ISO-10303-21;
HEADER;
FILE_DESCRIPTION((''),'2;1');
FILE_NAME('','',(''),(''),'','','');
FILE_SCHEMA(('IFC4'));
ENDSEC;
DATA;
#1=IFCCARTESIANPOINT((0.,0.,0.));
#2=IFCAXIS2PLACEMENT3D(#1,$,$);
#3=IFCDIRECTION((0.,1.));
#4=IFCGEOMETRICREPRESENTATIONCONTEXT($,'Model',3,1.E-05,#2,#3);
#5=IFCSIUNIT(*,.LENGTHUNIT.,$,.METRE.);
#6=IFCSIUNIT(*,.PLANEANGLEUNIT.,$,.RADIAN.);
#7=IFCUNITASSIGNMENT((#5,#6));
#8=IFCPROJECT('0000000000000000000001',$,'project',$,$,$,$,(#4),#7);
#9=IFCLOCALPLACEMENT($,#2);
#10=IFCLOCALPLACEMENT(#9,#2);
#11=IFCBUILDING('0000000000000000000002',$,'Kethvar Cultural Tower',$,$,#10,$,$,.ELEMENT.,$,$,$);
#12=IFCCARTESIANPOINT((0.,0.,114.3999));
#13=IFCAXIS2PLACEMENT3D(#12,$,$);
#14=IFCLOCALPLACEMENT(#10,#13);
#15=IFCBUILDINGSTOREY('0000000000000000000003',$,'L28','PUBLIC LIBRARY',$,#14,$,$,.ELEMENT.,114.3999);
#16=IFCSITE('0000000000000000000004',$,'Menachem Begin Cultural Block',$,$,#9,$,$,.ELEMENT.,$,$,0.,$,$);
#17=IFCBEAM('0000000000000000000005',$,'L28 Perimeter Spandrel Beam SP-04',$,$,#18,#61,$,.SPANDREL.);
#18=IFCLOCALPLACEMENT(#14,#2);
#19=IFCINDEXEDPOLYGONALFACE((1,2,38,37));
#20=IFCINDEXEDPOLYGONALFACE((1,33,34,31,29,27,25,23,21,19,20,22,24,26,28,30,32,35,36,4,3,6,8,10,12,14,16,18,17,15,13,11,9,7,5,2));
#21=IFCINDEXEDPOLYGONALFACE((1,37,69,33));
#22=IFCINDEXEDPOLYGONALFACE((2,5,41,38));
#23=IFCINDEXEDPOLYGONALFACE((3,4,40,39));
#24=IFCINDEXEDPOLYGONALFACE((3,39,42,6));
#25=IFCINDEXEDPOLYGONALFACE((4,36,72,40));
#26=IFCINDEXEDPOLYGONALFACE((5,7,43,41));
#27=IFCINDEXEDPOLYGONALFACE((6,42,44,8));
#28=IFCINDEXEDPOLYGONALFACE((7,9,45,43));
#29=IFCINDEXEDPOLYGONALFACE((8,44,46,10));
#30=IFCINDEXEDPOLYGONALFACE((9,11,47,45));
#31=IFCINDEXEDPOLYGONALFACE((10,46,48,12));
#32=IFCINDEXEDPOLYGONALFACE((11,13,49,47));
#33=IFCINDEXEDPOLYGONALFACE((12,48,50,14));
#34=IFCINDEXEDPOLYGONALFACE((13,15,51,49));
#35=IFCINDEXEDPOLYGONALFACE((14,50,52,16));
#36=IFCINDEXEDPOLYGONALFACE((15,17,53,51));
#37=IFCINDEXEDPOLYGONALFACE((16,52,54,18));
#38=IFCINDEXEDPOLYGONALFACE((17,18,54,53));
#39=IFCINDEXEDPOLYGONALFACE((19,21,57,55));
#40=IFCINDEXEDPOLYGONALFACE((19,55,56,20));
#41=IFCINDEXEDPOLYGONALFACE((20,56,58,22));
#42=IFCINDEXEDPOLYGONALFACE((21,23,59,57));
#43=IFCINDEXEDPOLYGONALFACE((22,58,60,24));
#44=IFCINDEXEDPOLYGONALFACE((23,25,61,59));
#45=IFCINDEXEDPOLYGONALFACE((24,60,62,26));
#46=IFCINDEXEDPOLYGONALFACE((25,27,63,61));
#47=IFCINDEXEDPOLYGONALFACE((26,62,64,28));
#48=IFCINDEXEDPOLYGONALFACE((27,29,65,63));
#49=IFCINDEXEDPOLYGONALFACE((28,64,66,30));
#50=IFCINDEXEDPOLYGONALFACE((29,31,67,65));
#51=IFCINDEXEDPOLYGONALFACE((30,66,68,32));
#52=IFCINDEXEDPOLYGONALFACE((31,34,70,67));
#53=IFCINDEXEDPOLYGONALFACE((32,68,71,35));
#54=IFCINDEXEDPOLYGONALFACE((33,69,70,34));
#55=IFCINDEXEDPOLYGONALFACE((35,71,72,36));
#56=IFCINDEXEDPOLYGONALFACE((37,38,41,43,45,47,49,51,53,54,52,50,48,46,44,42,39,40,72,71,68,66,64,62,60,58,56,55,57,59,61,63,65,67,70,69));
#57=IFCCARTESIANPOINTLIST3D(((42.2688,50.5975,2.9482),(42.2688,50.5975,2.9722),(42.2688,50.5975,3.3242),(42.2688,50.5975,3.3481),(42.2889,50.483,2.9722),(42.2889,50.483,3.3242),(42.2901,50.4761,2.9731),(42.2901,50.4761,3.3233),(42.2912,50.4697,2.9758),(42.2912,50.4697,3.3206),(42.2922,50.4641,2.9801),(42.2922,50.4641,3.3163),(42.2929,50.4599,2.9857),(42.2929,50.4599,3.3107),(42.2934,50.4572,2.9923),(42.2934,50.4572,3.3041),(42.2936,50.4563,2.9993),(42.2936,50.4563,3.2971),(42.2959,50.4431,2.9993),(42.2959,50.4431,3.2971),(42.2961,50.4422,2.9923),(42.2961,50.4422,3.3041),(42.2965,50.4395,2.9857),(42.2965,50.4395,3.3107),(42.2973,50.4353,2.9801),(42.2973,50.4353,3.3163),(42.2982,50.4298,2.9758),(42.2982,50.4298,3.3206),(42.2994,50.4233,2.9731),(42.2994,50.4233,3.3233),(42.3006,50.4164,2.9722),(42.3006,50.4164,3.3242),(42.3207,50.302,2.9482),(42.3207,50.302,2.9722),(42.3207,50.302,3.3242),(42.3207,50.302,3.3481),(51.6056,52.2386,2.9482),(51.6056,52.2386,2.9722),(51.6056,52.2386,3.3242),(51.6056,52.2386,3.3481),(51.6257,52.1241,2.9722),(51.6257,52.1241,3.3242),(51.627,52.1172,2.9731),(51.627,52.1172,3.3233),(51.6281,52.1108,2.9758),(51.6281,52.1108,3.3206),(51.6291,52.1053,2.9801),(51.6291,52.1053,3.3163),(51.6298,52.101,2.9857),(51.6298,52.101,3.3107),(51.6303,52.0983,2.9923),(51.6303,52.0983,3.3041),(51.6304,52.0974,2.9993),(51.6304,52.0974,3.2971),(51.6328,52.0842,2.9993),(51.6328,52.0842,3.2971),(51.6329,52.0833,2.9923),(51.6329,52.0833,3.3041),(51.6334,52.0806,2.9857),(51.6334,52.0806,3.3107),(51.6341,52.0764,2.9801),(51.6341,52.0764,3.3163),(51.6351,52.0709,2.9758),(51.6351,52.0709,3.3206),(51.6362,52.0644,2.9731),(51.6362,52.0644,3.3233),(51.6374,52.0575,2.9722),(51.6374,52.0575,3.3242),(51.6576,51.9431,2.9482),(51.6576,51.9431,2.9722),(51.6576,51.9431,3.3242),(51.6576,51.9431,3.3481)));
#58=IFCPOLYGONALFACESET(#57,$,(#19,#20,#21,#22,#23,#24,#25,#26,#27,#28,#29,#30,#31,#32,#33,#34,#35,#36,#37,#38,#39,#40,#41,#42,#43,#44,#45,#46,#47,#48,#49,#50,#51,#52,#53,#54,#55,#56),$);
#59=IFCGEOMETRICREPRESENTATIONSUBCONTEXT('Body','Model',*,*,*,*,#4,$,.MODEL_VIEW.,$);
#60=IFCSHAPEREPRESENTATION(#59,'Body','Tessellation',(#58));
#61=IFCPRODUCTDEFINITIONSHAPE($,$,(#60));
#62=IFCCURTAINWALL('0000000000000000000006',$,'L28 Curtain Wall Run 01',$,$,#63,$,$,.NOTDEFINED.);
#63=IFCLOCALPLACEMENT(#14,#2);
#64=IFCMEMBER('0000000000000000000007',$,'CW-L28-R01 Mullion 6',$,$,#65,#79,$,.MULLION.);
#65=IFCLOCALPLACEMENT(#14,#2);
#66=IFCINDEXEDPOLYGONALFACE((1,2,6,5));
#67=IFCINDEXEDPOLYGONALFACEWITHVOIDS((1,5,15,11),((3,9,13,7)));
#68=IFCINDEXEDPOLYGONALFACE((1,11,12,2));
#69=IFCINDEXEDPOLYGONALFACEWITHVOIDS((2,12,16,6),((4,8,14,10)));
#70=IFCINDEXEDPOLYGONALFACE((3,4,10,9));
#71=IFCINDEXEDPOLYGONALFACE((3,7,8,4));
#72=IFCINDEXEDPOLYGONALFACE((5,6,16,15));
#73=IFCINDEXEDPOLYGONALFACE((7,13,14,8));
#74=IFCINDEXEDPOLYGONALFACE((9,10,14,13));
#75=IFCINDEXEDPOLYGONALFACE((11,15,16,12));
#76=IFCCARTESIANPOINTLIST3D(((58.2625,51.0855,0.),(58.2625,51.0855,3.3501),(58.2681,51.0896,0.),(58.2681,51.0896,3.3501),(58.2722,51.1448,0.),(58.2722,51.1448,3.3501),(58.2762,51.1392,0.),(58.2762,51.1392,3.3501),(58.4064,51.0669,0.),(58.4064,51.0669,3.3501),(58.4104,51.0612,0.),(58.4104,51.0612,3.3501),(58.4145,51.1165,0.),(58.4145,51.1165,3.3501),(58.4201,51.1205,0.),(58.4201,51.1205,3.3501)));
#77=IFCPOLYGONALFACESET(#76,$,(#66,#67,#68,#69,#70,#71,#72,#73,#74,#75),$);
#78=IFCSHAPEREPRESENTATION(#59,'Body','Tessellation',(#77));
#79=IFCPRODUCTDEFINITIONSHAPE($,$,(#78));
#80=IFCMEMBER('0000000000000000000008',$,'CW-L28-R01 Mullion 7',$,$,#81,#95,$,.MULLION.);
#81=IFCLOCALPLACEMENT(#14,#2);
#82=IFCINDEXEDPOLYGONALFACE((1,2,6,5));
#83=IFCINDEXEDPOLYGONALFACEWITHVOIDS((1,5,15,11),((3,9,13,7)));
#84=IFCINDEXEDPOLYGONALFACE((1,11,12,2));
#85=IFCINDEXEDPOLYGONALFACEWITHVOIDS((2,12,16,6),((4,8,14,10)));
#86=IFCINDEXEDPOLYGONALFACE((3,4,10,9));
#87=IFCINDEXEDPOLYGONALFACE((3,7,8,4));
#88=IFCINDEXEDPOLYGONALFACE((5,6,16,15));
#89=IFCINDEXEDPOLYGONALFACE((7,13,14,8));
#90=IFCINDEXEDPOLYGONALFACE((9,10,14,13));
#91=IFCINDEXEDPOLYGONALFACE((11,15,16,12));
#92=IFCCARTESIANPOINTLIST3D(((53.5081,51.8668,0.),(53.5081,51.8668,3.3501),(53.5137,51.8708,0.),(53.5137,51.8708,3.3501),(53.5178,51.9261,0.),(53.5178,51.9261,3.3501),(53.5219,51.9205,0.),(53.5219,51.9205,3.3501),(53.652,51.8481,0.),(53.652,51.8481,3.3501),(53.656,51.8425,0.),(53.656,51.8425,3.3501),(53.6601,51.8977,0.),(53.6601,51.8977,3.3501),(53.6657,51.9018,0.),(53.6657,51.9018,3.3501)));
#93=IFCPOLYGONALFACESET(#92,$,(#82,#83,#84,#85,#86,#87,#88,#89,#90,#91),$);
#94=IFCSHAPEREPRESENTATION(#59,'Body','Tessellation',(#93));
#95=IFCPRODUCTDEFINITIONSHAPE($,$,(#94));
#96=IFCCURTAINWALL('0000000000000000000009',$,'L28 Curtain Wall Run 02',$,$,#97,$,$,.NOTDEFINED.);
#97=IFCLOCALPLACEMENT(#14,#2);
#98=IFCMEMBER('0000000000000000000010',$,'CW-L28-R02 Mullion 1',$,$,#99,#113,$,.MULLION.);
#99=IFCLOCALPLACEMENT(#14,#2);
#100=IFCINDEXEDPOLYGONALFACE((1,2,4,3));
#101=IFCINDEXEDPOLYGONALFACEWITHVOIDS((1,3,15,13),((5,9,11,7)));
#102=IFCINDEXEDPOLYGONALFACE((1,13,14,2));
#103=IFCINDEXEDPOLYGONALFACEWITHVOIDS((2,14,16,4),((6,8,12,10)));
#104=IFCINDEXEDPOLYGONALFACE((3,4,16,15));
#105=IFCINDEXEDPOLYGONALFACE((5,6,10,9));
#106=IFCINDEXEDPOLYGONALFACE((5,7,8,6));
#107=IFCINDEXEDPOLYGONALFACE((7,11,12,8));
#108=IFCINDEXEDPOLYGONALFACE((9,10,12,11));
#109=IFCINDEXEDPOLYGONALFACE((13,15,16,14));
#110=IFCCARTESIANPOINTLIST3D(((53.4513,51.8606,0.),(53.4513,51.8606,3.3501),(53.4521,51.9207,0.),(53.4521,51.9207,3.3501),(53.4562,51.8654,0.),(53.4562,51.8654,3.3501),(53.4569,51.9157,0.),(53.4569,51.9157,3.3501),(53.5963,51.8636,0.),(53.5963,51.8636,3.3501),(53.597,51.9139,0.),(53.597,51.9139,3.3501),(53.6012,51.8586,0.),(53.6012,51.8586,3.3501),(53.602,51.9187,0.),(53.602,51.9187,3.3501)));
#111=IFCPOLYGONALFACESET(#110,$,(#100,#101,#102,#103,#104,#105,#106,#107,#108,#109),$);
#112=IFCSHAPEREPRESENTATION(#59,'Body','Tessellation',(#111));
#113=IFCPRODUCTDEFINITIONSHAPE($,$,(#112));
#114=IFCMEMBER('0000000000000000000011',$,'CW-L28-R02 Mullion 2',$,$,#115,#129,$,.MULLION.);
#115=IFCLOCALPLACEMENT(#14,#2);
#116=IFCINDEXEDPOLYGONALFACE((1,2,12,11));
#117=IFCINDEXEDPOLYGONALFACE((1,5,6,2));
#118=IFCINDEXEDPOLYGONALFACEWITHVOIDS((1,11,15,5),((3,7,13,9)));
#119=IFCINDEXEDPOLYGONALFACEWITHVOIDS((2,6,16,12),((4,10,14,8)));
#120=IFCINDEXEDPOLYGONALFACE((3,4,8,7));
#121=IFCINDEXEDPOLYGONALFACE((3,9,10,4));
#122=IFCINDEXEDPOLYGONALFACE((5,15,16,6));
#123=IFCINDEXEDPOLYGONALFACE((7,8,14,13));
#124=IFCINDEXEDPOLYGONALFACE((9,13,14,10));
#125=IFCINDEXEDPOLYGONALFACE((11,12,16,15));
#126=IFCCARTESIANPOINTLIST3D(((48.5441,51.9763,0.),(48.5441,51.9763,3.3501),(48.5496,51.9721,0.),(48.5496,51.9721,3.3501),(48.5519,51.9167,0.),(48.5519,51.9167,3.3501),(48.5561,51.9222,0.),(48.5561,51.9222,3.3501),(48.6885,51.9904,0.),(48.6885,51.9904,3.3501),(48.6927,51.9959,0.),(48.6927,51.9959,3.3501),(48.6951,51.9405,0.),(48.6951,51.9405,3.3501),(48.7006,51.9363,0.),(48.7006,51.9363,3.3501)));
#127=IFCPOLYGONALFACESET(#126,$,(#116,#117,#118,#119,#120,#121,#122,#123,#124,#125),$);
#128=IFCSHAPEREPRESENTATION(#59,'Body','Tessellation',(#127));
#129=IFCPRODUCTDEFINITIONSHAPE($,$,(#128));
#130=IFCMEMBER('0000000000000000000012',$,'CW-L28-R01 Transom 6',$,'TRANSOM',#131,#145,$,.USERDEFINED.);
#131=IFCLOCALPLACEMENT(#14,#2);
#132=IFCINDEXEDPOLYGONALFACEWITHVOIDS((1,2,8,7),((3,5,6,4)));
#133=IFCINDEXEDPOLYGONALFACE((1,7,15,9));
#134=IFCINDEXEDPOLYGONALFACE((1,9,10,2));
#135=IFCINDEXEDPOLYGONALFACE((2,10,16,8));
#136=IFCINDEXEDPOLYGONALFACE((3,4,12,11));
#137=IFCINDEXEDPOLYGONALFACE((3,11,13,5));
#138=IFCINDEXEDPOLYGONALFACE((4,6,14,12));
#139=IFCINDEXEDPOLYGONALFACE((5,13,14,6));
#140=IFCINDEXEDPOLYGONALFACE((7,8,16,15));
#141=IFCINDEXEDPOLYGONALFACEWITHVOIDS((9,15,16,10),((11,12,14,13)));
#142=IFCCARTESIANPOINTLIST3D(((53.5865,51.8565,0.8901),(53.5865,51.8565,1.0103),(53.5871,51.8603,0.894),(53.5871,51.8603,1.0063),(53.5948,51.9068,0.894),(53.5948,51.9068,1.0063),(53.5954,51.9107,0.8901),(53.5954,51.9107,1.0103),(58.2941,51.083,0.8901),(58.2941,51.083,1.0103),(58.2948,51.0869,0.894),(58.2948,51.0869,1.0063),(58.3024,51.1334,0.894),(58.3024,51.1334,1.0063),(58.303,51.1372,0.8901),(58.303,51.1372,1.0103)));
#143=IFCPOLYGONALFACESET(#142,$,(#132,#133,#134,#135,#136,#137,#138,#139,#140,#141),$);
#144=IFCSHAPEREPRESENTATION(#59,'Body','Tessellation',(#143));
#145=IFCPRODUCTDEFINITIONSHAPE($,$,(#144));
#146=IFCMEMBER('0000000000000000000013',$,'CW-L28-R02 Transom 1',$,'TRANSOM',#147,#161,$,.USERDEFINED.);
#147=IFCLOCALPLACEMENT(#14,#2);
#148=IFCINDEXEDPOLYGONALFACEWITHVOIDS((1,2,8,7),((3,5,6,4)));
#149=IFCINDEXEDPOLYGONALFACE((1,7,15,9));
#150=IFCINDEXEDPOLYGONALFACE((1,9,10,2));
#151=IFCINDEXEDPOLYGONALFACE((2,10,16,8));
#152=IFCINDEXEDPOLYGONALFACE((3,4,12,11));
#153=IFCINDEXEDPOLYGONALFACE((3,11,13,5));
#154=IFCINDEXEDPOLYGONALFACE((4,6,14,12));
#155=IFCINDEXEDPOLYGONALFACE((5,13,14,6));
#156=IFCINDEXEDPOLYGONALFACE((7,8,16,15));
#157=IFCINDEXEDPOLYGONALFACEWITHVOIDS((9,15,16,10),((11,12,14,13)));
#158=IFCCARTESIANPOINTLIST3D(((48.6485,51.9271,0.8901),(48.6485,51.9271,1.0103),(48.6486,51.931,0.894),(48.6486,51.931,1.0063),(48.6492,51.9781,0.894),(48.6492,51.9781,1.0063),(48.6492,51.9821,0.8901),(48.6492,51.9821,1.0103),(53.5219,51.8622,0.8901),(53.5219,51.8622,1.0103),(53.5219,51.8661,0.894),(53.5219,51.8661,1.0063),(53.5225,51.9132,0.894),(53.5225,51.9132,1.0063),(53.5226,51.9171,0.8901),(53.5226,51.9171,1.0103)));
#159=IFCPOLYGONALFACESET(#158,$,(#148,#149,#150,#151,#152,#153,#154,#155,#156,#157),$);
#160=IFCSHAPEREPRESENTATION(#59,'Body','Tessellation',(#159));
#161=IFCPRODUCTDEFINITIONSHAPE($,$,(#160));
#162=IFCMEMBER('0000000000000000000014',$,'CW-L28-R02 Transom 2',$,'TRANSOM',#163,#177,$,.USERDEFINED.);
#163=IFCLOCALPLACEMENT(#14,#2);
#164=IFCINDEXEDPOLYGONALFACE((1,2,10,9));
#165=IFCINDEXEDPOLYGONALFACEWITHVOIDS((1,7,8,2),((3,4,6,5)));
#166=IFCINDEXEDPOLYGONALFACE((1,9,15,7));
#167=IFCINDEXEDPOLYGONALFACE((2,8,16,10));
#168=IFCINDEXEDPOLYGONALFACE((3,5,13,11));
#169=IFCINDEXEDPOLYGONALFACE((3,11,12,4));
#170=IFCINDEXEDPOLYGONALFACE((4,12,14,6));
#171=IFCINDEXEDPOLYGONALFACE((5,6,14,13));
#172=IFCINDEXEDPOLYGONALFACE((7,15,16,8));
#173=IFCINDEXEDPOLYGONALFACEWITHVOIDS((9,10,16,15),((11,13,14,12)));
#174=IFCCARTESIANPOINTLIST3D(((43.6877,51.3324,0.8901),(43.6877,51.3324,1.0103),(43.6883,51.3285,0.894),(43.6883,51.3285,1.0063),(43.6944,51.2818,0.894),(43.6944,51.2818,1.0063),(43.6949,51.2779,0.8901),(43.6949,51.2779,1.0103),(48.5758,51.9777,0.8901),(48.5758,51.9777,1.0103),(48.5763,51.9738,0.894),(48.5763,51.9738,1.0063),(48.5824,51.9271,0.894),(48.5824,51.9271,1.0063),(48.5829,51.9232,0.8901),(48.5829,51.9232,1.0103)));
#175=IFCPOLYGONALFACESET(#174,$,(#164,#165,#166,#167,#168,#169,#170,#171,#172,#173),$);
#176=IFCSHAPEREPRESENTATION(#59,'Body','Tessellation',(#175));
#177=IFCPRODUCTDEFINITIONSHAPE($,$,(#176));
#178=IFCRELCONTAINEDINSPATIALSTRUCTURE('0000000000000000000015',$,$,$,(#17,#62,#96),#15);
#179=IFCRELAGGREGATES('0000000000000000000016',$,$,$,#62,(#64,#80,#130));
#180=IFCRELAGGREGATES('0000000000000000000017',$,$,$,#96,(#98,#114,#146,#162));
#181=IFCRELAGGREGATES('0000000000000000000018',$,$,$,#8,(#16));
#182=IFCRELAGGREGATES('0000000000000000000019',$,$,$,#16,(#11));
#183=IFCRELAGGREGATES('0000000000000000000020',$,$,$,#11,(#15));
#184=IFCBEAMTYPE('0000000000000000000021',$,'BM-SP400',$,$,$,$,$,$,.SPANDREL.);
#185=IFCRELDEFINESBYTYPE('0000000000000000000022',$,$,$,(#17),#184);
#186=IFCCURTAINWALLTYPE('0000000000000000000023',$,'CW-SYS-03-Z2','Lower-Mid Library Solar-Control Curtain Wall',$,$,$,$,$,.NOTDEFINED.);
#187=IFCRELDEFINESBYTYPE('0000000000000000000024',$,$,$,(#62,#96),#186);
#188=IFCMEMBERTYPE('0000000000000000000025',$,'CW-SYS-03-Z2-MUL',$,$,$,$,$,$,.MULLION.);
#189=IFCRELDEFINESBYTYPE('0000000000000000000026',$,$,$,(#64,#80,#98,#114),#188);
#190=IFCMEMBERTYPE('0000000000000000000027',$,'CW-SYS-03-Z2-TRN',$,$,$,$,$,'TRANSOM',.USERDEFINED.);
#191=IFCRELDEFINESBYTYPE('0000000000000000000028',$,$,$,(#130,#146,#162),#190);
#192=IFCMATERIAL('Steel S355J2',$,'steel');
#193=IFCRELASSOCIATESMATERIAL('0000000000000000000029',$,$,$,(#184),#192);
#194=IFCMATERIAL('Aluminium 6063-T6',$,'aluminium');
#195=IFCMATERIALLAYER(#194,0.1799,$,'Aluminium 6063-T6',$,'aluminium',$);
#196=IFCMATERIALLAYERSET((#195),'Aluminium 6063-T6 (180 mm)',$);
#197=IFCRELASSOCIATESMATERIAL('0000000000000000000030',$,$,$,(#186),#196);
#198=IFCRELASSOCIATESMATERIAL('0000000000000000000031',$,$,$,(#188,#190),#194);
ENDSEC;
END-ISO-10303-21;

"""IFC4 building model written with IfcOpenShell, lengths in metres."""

from ifc_helpers import new_model, si_unit, direction, frame, origin, origin_2d, place, context, subcontext, project, spatial, hollow_rectangle, i_section, extrude, source, transform, mapped, material, layer, layer_set, material_profile, profile_set, type_object, element, aggregate, save


model = new_model("IFC4")

# Units and contexts
model_context = context("Model", 3, precision=1e-05, world=origin(), true_north=direction((0.0, 1.0)))
body_context = subcontext(model_context, "Body", "Model", "MODEL_VIEW")
ifc_project = project(units=[si_unit("LENGTHUNIT", "METRE"), si_unit("PLANEANGLEUNIT", "RADIAN")], contexts=[model_context])

# Site, building, storey
site_placement = place(None, origin())
site = spatial("IfcSite", under=ifc_project, at=site_placement, Name="Menachem Begin Cultural Block", CompositionType="ELEMENT", RefElevation=0.0)
building_placement = place(site_placement, origin())
building = spatial("IfcBuilding", under=site, at=building_placement, Name="Kethvar Cultural Tower", CompositionType="ELEMENT")
storey_placement = place(building_placement, frame((0.0, 0.0, 114.3999)))
storey = spatial("IfcBuildingStorey", under=building, at=storey_placement, Name="L28", Description="PUBLIC LIBRARY", CompositionType="ELEMENT", Elevation=114.3999)

# Beam
ifc_material_1 = material(Name="Steel S355J2", Category="steel")
ifc_material_profile_1 = material_profile(ifc_material_1, i_section(OverallWidth=0.3, OverallDepth=0.3999, WebThickness=0.0134, FlangeThickness=0.0239, FilletRadius=0.0271, at=origin_2d()), Name="Steel S355J2 — HEB400")
ifc_profile_set_1 = profile_set([ifc_material_profile_1], Name="Steel S355J2 — HEB400")
beam_type_1 = type_object("IfcBeamType", Name="BM-SP400", PredefinedType="SPANDREL", material=ifc_profile_set_1)
shared_shape_1 = source(origin(), body_context, "Body", "SweptSolid", [
    extrude(i_section(OverallWidth=0.3, OverallDepth=0.3999, WebThickness=0.0134, FlangeThickness=0.0239, FilletRadius=0.0271, at=origin_2d()), origin(), (0.0, 0.0, 1.0), 9.48),
])
beam_1_placement = place(storey_placement, frame((51.6316, 52.0908, 3.1482), z_axis=(-0.984902, -0.173112, 0.0), x_axis=(0.173112, -0.984902, 0.0)))
element("IfcBeam", 1, at=beam_1_placement, inside=storey, type_object=beam_type_1, Name="L28 Perimeter Spandrel Beam SP-04", PredefinedType="SPANDREL", context=body_context, shape_type="MappedRepresentation", body=[
    mapped(shared_shape_1, transform((0.0, 0.0, 0.0), scale=1.0)),
])

# Curtain walls, members
ifc_material_2 = material(Name="Aluminium 6063-T6", Category="aluminium")
ifc_layer_1 = layer(ifc_material_2, 0.1799, Name="Aluminium 6063-T6", Category="aluminium")
ifc_layer_set_1 = layer_set([ifc_layer_1], Name="Aluminium 6063-T6 (180 mm)")
curtain_wall_type = type_object("IfcCurtainWallType", Name="CW-SYS-03-Z2", Description="Lower-Mid Library Solar-Control Curtain Wall", PredefinedType="NOTDEFINED", material=ifc_layer_set_1)
curtain_wall_1_placement = place(storey_placement, origin())
curtain_wall_1 = element("IfcCurtainWall", 2, at=curtain_wall_1_placement, inside=storey, type_object=curtain_wall_type, Name="L28 Curtain Wall Run 01", PredefinedType="NOTDEFINED")
ifc_material_profile_2 = material_profile(ifc_material_2, hollow_rectangle(XDim=0.0601, YDim=0.1499, WallThickness=0.0049, at=origin_2d()), Name="Aluminium 6063-T6 — RHS150x60x5")
ifc_profile_set_2 = profile_set([ifc_material_profile_2], Name="Aluminium 6063-T6 — RHS150x60x5")
member_type_1 = type_object("IfcMemberType", Name="CW-SYS-03-Z2-MUL", PredefinedType="MULLION", material=ifc_profile_set_2)
shared_shape_2 = source(origin(), body_context, "Body", "SweptSolid", [
    extrude(hollow_rectangle(XDim=0.0601, YDim=0.1499, WallThickness=0.0049, at=origin_2d()), origin(), (0.0, 0.0, 1.0), 3.3501),
])
member_1_placement = place(storey_placement, frame((58.3413, 51.103, 0.0), z_axis=(0.0, 0.0, 1.0), x_axis=(-0.162138, -0.986768, 0.0)))
member_1 = element("IfcMember", 3, at=member_1_placement, type_object=member_type_1, Name="CW-L28-R01 Mullion 6", PredefinedType="MULLION", context=body_context, shape_type="MappedRepresentation", body=[
    mapped(shared_shape_2, transform((0.0, 0.0, 0.0), scale=1.0)),
])
member_2_placement = place(storey_placement, frame((53.5869, 51.8843, 0.0), z_axis=(0.0, 0.0, 1.0), x_axis=(-0.162138, -0.986768, 0.0)))
member_2 = element("IfcMember", 4, at=member_2_placement, type_object=member_type_1, Name="CW-L28-R01 Mullion 7", PredefinedType="MULLION", context=body_context, shape_type="MappedRepresentation", body=[
    mapped(shared_shape_2, transform((0.0, 0.0, 0.0), scale=1.0)),
])
curtain_wall_2_placement = place(storey_placement, origin())
curtain_wall_2 = element("IfcCurtainWall", 5, at=curtain_wall_2_placement, inside=storey, type_object=curtain_wall_type, Name="L28 Curtain Wall Run 02", PredefinedType="NOTDEFINED")
member_3_placement = place(storey_placement, frame((53.5266, 51.8896, 0.0), z_axis=(0.0, 0.0, 1.0), x_axis=(-0.013334, -0.999911, 0.0)))
member_3 = element("IfcMember", 6, at=member_3_placement, type_object=member_type_1, Name="CW-L28-R02 Mullion 1", PredefinedType="MULLION", context=body_context, shape_type="MappedRepresentation", body=[
    mapped(shared_shape_2, transform((0.0, 0.0, 0.0), scale=1.0)),
])
member_4_placement = place(storey_placement, frame((48.6223, 51.9563, 0.0), z_axis=(0.0, 0.0, 1.0), x_axis=(0.130907, -0.991395, 0.0)))
member_4 = element("IfcMember", 7, at=member_4_placement, type_object=member_type_1, Name="CW-L28-R02 Mullion 2", PredefinedType="MULLION", context=body_context, shape_type="MappedRepresentation", body=[
    mapped(shared_shape_2, transform((0.0, 0.0, 0.0), scale=1.0)),
])

# Members
ifc_material_profile_3 = material_profile(ifc_material_2, hollow_rectangle(XDim=0.0549, YDim=0.1201, WallThickness=0.0039, at=origin_2d()), Name="Aluminium 6063-T6 — RHS120x55x4")
ifc_profile_set_3 = profile_set([ifc_material_profile_3], Name="Aluminium 6063-T6 — RHS120x55x4")
member_type_2 = type_object("IfcMemberType", Name="CW-SYS-03-Z2-TRN", ElementType="TRANSOM", PredefinedType="USERDEFINED", material=ifc_profile_set_3)
shared_shape_3 = source(origin(), body_context, "Body", "SweptSolid", [
    extrude(hollow_rectangle(XDim=0.0549, YDim=0.1201, WallThickness=0.0039, at=origin_2d()), origin(), (0.0, 0.0, 1.0), 4.7708),
])
member_5_placement = place(storey_placement, frame((58.2986, 51.1101, 0.9502), z_axis=(-0.98677, 0.162125, 0.0), x_axis=(-0.162125, -0.98677, 0.0)))
member_5 = element("IfcMember", 8, at=member_5_placement, type_object=member_type_2, Name="CW-L28-R01 Transom 6", ObjectType="TRANSOM", PredefinedType="USERDEFINED", context=body_context, shape_type="MappedRepresentation", body=[
    mapped(shared_shape_3, transform((0.0, 0.0, 0.0), scale=1.0)),
])
shared_shape_4 = source(origin(), body_context, "Body", "SweptSolid", [
    extrude(hollow_rectangle(XDim=0.0549, YDim=0.1201, WallThickness=0.0039, at=origin_2d()), origin(), (0.0, 0.0, 1.0), 4.8738),
])
member_6_placement = place(storey_placement, frame((53.5222, 51.8896, 0.9502), z_axis=(-0.999911, 0.013325, 0.0), x_axis=(-0.013325, -0.999911, 0.0)))
member_6 = element("IfcMember", 9, at=member_6_placement, type_object=member_type_2, Name="CW-L28-R02 Transom 1", ObjectType="TRANSOM", PredefinedType="USERDEFINED", context=body_context, shape_type="MappedRepresentation", body=[
    mapped(shared_shape_4, transform((0.0, 0.0, 0.0), scale=1.0)),
])
shared_shape_5 = source(origin(), body_context, "Body", "SweptSolid", [
    extrude(hollow_rectangle(XDim=0.0549, YDim=0.1201, WallThickness=0.0039, at=origin_2d()), origin(), (0.0, 0.0, 1.0), 4.9304),
])
member_7_placement = place(storey_placement, frame((48.5793, 51.9504, 0.9502), z_axis=(-0.991399, -0.130876, 0.0), x_axis=(0.130876, -0.991399, 0.0)))
member_7 = element("IfcMember", 10, at=member_7_placement, type_object=member_type_2, Name="CW-L28-R02 Transom 2", ObjectType="TRANSOM", PredefinedType="USERDEFINED", context=body_context, shape_type="MappedRepresentation", body=[
    mapped(shared_shape_5, transform((0.0, 0.0, 0.0), scale=1.0)),
])

aggregate(curtain_wall_1, [member_1, member_2, member_5])
aggregate(curtain_wall_2, [member_3, member_4, member_6, member_7])

save(model, "model.ifc")
